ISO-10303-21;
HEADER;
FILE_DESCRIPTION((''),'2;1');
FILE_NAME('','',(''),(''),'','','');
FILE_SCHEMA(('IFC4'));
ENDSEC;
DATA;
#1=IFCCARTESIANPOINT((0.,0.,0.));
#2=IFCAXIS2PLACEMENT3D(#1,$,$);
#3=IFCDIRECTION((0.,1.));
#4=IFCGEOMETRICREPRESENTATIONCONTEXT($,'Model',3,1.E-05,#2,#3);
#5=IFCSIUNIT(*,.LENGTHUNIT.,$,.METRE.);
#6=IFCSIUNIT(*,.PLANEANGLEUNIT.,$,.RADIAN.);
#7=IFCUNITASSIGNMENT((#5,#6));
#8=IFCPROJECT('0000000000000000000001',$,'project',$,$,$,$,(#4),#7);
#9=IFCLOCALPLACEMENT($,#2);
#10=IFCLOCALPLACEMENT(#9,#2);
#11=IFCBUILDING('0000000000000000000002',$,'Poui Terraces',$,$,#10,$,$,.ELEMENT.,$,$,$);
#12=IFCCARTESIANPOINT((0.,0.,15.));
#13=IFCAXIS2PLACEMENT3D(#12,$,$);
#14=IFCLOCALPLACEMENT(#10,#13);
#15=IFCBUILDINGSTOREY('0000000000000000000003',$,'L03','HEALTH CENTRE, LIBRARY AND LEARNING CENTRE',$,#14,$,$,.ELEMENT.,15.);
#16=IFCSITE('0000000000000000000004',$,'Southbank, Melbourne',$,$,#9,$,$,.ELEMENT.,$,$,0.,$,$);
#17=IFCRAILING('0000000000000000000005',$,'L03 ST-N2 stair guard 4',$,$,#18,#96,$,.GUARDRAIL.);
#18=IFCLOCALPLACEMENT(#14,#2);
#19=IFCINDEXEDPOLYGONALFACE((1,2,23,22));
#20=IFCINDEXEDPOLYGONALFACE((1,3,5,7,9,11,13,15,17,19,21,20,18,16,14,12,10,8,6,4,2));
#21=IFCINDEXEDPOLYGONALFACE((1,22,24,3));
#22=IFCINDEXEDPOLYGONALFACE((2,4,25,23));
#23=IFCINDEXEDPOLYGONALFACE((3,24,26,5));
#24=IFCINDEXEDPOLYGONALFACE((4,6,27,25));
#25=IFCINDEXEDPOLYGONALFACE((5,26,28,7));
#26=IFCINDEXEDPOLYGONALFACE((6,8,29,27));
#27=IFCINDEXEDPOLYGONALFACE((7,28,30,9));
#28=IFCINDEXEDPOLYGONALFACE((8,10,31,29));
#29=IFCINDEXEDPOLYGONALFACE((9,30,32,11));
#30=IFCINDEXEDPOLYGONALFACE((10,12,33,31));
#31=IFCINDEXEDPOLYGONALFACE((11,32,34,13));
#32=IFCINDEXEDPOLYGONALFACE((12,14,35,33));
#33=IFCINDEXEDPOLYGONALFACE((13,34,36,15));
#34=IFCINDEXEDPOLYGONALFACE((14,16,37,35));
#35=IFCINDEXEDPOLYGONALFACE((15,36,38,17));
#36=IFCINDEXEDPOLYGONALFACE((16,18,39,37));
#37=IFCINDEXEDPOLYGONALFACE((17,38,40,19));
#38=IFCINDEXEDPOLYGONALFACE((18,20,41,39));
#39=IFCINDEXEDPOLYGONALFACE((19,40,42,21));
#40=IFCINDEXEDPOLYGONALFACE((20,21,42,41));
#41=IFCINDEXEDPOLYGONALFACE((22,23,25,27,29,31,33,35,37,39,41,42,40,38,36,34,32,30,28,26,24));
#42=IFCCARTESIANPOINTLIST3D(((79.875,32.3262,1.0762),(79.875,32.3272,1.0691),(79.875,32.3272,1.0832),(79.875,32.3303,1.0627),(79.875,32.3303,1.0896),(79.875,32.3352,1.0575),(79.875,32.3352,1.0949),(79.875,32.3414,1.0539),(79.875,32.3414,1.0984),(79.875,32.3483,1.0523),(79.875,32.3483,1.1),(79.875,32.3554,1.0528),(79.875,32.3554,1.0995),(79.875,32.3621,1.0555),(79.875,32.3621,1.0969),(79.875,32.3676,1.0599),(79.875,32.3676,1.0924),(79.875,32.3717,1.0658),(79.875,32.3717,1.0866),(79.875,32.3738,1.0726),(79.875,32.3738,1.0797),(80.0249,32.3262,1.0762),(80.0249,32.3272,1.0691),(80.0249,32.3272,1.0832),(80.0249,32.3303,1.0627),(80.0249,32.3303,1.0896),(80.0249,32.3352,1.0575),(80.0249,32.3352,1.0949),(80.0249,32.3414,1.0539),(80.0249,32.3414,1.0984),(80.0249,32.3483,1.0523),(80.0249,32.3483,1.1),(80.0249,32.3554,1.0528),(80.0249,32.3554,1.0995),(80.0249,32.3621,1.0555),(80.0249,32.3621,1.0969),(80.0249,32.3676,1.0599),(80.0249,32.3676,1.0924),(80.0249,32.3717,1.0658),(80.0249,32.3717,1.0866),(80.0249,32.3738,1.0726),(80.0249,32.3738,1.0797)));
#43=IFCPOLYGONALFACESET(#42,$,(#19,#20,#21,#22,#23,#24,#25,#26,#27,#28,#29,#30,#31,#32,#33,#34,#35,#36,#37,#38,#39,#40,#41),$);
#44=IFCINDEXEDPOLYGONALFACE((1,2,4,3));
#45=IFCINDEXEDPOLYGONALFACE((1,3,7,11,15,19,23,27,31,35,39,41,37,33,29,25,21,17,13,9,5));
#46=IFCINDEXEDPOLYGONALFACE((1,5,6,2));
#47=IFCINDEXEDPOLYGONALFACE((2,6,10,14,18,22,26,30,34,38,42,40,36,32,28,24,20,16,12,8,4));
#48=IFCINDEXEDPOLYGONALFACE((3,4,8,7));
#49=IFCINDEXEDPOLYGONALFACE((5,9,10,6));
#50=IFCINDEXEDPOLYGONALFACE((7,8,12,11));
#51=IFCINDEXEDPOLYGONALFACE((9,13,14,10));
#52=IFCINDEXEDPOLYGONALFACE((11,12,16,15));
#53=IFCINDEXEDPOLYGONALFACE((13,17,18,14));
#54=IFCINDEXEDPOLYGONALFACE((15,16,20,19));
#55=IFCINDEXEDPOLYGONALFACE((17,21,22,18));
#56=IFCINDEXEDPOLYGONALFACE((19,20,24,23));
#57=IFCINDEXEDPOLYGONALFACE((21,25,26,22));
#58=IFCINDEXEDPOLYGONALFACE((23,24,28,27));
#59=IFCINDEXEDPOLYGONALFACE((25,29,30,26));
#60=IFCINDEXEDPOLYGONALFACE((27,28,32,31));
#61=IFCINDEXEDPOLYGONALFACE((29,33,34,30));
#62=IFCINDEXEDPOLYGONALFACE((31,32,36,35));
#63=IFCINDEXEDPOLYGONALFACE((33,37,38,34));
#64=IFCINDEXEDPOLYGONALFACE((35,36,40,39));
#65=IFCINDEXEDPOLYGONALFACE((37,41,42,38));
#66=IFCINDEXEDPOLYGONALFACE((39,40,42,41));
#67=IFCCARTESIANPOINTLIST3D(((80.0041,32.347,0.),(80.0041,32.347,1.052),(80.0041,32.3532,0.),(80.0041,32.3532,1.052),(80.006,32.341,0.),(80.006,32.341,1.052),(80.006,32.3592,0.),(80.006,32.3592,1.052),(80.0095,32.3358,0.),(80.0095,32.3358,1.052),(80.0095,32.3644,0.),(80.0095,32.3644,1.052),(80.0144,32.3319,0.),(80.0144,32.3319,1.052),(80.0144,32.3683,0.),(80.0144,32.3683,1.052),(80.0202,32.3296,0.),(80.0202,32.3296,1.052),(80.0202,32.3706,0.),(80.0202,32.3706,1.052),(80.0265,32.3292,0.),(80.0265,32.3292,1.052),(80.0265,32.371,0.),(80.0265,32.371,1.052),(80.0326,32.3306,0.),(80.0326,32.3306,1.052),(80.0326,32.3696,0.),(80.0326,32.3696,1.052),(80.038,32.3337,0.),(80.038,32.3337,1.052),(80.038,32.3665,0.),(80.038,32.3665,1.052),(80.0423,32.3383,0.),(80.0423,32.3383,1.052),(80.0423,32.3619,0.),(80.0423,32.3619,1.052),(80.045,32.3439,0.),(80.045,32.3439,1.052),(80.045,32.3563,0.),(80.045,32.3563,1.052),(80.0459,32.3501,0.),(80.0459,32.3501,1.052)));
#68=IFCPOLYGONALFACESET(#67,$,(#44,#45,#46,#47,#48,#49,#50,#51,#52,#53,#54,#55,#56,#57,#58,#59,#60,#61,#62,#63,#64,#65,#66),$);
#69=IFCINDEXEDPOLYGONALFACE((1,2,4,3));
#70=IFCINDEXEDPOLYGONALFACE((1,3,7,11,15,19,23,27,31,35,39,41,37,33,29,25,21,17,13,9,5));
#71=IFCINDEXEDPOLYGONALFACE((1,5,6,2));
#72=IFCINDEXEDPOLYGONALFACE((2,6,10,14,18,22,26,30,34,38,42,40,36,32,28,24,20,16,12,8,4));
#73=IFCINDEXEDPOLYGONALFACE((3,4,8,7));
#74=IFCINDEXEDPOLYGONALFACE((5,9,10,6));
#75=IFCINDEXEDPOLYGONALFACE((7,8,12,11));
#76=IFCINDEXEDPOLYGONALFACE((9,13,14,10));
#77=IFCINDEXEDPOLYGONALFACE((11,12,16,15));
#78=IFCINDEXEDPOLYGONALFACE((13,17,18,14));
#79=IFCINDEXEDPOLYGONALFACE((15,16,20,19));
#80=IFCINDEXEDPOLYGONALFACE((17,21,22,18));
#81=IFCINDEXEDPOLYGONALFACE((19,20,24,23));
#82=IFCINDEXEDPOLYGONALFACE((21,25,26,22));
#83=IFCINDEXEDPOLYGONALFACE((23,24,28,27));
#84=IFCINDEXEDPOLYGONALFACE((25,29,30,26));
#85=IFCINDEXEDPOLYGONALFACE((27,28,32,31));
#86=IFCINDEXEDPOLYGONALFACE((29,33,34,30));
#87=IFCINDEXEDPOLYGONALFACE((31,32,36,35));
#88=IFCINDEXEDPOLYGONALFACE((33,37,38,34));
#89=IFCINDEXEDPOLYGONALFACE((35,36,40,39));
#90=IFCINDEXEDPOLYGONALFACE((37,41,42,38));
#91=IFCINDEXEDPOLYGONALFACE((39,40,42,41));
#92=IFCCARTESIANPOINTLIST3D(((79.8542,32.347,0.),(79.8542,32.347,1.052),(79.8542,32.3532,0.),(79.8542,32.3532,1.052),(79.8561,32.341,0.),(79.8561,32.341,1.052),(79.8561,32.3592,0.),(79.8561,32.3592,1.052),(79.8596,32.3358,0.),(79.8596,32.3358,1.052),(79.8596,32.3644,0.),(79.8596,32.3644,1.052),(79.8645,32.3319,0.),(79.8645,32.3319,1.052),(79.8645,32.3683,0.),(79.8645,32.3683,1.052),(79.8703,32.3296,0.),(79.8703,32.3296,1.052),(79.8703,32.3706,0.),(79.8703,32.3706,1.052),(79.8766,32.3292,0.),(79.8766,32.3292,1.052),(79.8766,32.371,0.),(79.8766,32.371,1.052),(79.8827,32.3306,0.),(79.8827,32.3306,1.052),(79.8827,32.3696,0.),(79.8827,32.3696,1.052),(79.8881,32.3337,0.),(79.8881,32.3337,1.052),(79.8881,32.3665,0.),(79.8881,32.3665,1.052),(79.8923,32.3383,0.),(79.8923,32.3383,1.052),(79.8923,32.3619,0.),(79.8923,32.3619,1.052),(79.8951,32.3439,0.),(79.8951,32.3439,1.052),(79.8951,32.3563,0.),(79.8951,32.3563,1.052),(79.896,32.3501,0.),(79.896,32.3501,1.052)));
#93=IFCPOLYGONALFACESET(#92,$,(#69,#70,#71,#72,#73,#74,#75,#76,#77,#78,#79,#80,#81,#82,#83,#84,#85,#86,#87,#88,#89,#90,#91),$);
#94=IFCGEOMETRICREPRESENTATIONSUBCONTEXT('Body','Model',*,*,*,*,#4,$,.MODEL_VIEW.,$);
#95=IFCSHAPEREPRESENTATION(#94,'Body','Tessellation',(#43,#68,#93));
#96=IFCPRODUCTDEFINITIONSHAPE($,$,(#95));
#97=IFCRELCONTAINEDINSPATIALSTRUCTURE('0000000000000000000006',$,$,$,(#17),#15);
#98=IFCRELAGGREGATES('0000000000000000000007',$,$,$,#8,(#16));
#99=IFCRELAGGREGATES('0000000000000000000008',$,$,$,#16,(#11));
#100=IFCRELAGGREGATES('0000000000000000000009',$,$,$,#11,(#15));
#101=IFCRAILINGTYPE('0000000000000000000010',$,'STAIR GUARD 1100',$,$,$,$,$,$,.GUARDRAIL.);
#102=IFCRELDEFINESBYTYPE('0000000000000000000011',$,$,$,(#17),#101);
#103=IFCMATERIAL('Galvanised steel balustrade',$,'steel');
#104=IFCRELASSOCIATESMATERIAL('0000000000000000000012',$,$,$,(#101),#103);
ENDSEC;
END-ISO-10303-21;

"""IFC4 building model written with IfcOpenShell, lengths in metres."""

from ifc_helpers import new_model, si_unit, direction, frame, origin, origin_2d, place, context, subcontext, project, spatial, circle, extrude, material, type_object, element, save


model = new_model("IFC4")

# Units and contexts
model_context = context("Model", 3, precision=1e-05, world=origin(), true_north=direction((0.0, 1.0)))
body_context = subcontext(model_context, "Body", "Model", "MODEL_VIEW")
ifc_project = project(units=[si_unit("LENGTHUNIT", "METRE"), si_unit("PLANEANGLEUNIT", "RADIAN")], contexts=[model_context])

# Site, building, storey
site_placement = place(None, origin())
site = spatial("IfcSite", under=ifc_project, at=site_placement, Name="Southbank, Melbourne", CompositionType="ELEMENT", RefElevation=0.0)
building_placement = place(site_placement, origin())
building = spatial("IfcBuilding", under=site, at=building_placement, Name="Poui Terraces", CompositionType="ELEMENT")
storey_placement = place(building_placement, frame((0.0, 0.0, 15.0)))
storey = spatial("IfcBuildingStorey", under=building, at=storey_placement, Name="L03", Description="HEALTH CENTRE, LIBRARY AND LEARNING CENTRE", CompositionType="ELEMENT", Elevation=15.0)

# Railing
ifc_material_1 = material(Name="Galvanised steel balustrade", Category="steel")
railing_type_1 = type_object("IfcRailingType", Name="STAIR GUARD 1100", PredefinedType="GUARDRAIL", material=ifc_material_1)
railing_1_placement = place(storey_placement, frame((80.0249, 32.3501, 0.0)))
element("IfcRailing", 1, at=railing_1_placement, inside=storey, type_object=railing_type_1, Name="L03 ST-N2 stair guard 4", PredefinedType="GUARDRAIL", context=body_context, shape_type="SweptSolid", body=[
    extrude(circle(Radius=0.0239, at=origin_2d()), frame((0.0, 0.0, 1.0762), z_axis=(-1.0, 0.0, 0.0), x_axis=(0.0, -1.0, 0.0)), (0.0, 0.0, 1.0), 0.1499),
    extrude(circle(Radius=0.021, at=origin_2d()), origin(), (0.0, 0.0, 1.0), 1.052),
    extrude(circle(Radius=0.021, at=origin_2d()), frame((-0.1499, 0.0, 0.0)), (0.0, 0.0, 1.0), 1.052),
])

save(model, "model.ifc")
